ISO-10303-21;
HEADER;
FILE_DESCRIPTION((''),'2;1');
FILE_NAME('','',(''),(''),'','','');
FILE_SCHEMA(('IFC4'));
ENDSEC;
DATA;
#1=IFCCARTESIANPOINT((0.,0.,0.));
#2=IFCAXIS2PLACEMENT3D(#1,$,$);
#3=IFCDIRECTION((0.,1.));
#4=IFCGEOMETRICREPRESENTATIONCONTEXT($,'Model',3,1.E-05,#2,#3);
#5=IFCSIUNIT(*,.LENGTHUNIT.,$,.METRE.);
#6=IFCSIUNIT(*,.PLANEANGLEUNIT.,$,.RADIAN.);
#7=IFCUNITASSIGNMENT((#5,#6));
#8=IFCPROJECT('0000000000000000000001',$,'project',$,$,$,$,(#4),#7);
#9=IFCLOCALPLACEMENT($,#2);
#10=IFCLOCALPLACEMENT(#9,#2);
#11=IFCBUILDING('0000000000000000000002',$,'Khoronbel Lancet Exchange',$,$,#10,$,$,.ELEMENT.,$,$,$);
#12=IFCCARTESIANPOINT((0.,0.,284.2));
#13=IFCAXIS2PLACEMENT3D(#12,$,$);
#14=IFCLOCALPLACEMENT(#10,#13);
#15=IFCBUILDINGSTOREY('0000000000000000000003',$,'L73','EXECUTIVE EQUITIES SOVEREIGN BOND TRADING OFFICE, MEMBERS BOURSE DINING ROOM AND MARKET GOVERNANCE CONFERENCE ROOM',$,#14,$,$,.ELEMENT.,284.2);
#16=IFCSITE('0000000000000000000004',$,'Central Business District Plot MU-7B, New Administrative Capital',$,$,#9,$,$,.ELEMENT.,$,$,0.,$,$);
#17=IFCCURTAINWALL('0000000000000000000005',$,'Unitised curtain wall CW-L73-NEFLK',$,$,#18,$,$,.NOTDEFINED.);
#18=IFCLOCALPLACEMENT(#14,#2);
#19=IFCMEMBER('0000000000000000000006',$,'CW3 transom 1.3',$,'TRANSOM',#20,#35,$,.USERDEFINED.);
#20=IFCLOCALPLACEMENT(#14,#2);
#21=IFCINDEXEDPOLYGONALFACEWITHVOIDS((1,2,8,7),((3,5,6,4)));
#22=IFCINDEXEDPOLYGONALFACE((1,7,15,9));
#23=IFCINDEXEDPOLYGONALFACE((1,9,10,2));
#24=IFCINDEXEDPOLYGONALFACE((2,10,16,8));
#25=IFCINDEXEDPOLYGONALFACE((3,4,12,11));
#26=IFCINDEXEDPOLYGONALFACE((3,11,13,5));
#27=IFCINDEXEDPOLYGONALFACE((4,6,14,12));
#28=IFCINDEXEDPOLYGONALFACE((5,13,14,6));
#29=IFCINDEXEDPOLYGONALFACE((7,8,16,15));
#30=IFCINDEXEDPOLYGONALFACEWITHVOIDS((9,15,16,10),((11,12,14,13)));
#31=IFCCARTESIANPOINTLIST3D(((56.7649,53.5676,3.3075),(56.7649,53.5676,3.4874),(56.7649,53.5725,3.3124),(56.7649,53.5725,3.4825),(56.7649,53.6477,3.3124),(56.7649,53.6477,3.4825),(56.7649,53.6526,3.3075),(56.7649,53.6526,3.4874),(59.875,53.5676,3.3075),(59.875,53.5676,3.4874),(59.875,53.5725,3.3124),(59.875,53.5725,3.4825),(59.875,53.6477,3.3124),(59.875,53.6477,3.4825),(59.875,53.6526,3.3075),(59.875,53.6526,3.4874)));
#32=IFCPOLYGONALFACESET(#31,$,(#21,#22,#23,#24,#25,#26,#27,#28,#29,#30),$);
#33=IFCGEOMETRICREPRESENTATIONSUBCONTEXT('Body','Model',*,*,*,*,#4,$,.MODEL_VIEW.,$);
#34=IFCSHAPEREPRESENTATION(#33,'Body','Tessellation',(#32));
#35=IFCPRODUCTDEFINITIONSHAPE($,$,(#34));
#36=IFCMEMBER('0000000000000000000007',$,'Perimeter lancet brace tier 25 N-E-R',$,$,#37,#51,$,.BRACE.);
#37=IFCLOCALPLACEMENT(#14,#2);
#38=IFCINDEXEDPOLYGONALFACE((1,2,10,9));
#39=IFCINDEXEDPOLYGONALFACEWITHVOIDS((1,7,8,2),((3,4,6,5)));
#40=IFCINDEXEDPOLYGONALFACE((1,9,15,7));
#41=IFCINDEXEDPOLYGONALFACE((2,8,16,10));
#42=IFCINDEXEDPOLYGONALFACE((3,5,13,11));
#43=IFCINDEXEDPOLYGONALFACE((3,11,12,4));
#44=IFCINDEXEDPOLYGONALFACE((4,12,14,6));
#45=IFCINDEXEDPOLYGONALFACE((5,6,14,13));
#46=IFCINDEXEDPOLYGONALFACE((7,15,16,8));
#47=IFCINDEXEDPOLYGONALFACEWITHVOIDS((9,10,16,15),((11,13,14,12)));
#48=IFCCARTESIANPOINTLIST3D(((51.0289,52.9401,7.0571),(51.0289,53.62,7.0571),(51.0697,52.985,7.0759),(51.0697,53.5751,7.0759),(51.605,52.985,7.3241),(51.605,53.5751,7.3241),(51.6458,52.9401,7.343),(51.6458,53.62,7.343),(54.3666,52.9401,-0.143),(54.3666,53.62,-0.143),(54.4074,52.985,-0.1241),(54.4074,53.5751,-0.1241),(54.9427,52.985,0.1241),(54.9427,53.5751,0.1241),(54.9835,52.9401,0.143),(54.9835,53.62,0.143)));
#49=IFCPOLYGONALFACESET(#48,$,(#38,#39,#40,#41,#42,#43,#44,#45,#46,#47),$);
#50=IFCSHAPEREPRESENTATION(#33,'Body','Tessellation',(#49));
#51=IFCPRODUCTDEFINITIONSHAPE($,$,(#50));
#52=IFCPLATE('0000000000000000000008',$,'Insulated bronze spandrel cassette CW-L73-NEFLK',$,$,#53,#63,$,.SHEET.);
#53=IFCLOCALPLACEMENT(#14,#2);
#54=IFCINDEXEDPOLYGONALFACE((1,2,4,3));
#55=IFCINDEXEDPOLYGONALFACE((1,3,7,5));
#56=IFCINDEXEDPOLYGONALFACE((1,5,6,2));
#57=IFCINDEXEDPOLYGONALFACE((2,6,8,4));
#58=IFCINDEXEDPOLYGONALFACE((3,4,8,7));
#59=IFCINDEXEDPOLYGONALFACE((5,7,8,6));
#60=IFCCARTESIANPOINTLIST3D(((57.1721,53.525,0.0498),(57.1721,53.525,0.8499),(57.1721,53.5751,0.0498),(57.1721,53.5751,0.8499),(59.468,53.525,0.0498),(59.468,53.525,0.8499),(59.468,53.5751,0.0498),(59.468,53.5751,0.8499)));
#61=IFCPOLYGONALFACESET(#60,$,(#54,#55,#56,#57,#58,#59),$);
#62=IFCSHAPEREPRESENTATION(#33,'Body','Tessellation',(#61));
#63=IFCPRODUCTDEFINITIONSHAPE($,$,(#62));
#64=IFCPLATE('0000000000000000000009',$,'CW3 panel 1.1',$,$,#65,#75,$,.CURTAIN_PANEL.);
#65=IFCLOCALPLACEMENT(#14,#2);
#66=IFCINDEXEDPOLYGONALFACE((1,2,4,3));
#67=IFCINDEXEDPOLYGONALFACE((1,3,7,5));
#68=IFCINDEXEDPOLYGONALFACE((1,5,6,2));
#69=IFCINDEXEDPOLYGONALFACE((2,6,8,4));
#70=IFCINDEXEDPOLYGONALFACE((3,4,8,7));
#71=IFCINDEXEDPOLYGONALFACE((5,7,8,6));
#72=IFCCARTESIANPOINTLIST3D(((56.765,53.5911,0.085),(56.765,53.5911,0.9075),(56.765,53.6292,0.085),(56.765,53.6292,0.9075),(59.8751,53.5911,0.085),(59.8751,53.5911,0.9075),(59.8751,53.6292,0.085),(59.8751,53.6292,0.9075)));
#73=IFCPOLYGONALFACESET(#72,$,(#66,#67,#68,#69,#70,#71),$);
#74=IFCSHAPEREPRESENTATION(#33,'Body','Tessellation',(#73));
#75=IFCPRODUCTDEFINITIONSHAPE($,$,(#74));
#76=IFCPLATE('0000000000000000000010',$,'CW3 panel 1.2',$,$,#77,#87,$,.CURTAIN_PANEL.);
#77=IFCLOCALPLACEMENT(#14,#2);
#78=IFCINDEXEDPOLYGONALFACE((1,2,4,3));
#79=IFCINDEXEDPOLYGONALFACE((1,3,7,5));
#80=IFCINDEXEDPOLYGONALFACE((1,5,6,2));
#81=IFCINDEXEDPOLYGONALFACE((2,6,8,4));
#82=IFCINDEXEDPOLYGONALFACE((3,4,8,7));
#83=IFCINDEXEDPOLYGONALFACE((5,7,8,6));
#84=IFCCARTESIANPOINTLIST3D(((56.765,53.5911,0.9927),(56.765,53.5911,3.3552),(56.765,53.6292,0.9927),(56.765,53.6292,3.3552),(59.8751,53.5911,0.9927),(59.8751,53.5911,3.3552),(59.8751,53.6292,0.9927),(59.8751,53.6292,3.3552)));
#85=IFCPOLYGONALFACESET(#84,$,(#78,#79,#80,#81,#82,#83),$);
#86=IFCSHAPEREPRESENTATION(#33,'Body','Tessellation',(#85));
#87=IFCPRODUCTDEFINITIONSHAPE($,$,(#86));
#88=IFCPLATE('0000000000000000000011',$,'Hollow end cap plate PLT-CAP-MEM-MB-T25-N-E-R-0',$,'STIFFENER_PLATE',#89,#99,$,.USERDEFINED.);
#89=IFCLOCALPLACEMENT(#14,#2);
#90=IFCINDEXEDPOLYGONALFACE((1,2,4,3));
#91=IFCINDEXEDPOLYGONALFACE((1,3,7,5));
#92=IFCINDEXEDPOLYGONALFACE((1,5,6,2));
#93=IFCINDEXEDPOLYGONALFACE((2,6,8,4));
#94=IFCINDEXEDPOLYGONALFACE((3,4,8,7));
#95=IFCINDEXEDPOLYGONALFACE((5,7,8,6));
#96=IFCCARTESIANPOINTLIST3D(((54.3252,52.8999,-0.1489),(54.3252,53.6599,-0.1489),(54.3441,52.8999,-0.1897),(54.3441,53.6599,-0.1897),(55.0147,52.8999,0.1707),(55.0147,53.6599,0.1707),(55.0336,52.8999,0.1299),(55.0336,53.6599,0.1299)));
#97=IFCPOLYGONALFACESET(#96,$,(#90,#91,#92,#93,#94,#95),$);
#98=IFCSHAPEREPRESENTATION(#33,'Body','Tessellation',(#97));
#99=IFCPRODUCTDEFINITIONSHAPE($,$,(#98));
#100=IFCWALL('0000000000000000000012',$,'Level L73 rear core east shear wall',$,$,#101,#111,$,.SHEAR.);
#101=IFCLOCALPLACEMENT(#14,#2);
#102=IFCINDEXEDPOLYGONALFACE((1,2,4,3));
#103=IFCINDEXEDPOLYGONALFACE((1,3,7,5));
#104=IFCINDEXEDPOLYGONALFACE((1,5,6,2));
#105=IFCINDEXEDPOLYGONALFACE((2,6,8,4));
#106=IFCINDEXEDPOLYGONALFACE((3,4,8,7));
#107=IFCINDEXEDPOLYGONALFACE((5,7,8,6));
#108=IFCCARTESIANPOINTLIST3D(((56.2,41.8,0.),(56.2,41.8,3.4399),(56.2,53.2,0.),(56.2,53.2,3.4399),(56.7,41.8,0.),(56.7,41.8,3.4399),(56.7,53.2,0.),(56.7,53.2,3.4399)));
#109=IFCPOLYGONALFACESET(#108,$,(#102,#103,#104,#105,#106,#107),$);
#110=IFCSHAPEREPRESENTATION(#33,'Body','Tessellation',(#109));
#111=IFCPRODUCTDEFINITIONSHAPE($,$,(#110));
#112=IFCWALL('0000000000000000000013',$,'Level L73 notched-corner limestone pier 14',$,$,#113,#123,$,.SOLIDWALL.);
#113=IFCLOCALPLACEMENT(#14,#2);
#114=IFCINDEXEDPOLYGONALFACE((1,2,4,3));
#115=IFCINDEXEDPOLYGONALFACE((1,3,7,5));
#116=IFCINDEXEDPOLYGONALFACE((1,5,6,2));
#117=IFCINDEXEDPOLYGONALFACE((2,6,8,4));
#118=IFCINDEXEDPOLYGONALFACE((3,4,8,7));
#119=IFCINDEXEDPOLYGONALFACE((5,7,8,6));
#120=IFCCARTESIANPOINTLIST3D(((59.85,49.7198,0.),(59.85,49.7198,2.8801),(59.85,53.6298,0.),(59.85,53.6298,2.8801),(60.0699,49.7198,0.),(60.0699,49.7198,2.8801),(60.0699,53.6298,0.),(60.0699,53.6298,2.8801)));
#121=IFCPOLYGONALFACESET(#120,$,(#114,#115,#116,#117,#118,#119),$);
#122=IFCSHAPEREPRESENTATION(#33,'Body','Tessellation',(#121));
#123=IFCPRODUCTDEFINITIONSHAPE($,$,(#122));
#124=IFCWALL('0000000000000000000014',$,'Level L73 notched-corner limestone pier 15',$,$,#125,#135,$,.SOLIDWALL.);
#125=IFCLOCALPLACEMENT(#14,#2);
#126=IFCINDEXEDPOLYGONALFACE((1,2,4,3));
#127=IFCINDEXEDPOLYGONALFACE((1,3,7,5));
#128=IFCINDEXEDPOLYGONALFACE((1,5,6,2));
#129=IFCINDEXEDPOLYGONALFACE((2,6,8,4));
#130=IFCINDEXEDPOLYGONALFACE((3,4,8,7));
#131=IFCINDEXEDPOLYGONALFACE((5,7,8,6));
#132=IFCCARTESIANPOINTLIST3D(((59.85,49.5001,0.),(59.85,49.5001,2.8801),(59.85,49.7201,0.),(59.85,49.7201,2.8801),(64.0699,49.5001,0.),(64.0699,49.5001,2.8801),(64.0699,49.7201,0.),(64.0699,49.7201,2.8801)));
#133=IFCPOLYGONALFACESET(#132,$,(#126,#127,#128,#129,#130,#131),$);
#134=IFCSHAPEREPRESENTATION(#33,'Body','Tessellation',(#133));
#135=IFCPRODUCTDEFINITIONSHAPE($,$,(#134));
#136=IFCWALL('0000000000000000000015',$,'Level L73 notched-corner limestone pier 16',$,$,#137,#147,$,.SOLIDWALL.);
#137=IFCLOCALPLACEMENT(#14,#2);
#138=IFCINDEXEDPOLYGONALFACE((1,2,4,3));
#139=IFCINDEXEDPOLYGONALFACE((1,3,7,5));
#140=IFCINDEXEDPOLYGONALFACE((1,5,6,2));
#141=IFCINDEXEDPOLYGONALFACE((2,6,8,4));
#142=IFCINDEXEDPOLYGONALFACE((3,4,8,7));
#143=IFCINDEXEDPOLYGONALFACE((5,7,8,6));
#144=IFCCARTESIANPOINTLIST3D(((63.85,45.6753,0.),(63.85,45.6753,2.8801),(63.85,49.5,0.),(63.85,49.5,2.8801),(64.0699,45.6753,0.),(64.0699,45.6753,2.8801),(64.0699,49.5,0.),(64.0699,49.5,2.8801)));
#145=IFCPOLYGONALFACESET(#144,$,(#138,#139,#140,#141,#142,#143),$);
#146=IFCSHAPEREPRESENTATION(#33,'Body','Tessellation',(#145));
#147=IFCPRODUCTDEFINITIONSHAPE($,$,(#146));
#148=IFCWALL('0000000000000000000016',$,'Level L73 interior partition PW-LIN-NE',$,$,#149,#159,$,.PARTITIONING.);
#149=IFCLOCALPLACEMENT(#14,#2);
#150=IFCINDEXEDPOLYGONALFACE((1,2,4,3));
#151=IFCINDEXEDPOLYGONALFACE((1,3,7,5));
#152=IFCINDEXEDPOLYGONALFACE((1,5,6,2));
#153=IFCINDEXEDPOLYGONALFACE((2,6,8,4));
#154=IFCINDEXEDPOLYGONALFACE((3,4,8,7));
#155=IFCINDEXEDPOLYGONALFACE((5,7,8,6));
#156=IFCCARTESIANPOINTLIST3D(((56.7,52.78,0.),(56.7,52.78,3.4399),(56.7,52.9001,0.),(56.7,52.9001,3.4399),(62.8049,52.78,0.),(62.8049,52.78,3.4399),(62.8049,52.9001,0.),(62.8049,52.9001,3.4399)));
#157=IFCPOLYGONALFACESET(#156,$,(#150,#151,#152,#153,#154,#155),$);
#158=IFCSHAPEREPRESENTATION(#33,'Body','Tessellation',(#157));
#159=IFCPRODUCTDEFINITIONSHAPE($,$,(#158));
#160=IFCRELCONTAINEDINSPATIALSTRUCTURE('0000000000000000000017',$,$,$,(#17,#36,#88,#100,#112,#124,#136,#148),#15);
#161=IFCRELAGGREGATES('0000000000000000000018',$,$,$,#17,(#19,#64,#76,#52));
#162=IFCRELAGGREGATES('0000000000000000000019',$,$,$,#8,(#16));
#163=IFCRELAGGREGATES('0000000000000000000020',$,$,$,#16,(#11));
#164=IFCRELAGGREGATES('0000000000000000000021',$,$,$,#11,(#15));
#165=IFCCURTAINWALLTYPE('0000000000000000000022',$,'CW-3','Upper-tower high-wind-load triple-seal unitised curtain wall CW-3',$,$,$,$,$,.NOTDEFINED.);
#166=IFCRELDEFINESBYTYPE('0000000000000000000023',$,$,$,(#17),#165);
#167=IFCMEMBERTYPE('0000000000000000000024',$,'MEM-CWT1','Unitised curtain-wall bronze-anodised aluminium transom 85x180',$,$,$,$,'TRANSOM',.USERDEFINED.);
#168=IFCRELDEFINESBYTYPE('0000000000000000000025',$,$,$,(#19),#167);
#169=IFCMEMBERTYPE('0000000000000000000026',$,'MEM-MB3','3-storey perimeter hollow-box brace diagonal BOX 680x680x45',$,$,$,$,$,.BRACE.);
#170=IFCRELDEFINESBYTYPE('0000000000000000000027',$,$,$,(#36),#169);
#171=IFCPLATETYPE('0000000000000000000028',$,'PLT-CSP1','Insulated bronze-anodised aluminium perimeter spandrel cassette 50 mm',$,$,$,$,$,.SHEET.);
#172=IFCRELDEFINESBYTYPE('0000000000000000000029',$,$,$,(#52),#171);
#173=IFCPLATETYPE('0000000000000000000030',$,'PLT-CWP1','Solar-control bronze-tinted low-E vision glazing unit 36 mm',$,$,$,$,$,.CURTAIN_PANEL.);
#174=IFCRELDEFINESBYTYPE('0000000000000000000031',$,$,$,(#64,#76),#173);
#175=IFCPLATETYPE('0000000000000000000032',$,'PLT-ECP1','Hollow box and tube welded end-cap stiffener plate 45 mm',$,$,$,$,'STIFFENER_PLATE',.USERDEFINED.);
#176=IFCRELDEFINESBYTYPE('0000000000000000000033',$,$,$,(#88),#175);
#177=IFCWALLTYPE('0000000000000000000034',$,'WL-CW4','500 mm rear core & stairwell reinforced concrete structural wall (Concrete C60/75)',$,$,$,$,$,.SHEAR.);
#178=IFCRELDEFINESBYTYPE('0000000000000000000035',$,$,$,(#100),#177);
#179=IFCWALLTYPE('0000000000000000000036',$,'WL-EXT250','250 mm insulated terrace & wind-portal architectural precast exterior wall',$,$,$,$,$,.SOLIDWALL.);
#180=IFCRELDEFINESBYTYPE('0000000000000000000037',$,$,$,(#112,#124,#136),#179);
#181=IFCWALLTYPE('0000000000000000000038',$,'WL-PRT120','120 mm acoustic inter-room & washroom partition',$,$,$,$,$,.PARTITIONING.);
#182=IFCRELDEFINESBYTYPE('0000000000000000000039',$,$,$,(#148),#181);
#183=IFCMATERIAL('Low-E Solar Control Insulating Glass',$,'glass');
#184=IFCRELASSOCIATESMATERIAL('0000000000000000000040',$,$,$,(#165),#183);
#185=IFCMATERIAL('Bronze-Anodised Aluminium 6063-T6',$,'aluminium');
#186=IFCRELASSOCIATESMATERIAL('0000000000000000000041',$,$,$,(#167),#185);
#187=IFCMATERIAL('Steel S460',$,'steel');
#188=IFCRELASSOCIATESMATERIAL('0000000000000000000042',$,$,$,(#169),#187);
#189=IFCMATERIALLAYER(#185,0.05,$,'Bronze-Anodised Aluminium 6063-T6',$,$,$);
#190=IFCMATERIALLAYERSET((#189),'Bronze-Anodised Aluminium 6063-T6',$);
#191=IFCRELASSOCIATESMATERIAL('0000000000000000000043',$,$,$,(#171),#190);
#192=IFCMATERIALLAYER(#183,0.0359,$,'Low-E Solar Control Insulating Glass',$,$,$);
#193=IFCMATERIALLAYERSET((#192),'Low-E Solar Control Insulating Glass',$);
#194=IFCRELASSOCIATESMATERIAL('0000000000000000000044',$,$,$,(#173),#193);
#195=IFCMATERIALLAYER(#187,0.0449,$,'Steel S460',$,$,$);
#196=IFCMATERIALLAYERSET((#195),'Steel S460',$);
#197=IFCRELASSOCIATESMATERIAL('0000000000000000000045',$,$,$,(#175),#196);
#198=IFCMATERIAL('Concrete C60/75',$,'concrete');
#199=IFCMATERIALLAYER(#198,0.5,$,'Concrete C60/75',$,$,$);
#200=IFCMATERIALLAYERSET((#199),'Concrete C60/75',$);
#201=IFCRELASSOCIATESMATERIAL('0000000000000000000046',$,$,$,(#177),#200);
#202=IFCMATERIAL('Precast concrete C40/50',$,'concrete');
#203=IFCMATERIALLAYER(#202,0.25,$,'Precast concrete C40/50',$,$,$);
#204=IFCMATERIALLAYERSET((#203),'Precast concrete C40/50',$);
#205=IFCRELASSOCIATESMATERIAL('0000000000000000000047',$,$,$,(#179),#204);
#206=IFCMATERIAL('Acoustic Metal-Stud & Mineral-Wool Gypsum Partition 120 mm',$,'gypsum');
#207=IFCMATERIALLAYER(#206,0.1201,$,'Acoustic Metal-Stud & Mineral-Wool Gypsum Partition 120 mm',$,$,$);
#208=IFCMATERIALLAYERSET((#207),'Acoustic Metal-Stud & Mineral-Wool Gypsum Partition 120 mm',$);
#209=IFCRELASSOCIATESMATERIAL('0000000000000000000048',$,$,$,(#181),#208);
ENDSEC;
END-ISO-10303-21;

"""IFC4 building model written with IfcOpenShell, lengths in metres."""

from ifc_helpers import new_model, si_unit, direction, frame, frame_2d, origin, origin_2d, place, context, subcontext, project, spatial, polyline, rectangle, hollow_rectangle, outline, extrude, material, layer, layer_set, material_profile, profile_set, type_object, element, aggregate, save


model = new_model("IFC4")

# Units and contexts
model_context = context("Model", 3, precision=1e-05, world=origin(), true_north=direction((0.0, 1.0)))
body_context = subcontext(model_context, "Body", "Model", "MODEL_VIEW")
ifc_project = project(units=[si_unit("LENGTHUNIT", "METRE"), si_unit("PLANEANGLEUNIT", "RADIAN")], contexts=[model_context])

# Site, building, storey
site_placement = place(None, origin())
site = spatial("IfcSite", under=ifc_project, at=site_placement, Name="Central Business District Plot MU-7B, New Administrative Capital", CompositionType="ELEMENT", RefElevation=0.0)
building_placement = place(site_placement, origin())
building = spatial("IfcBuilding", under=site, at=building_placement, Name="Khoronbel Lancet Exchange", CompositionType="ELEMENT")
storey_placement = place(building_placement, frame((0.0, 0.0, 284.2)))
storey = spatial("IfcBuildingStorey", under=building, at=storey_placement, Name="L73", Description="EXECUTIVE EQUITIES SOVEREIGN BOND TRADING OFFICE, MEMBERS BOURSE DINING ROOM AND MARKET GOVERNANCE CONFERENCE ROOM", CompositionType="ELEMENT", Elevation=284.2)

# Shared definitions
ifc_material_1 = material(Name="Steel S460", Category="steel")

# Curtain wall, member
ifc_material_2 = material(Name="Low-E Solar Control Insulating Glass", Category="glass")
curtain_wall_type = type_object("IfcCurtainWallType", Name="CW-3", Description="Upper-tower high-wind-load triple-seal unitised curtain wall CW-3", PredefinedType="NOTDEFINED", material=ifc_material_2)
curtain_wall_placement = place(storey_placement, origin())
curtain_wall = element("IfcCurtainWall", 1, at=curtain_wall_placement, inside=storey, type_object=curtain_wall_type, Name="Unitised curtain wall CW-L73-NEFLK", PredefinedType="NOTDEFINED")
ifc_material_3 = material(Name="Bronze-Anodised Aluminium 6063-T6", Category="aluminium")
ifc_material_profile_1 = material_profile(ifc_material_3, hollow_rectangle(XDim=0.085, YDim=0.1799, WallThickness=0.0049, at=origin_2d()), Name="ALU TRANSOM 85x180")
ifc_profile_set_1 = profile_set([ifc_material_profile_1], Name="Bronze-Anodised Aluminium 6063-T6")
member_type_1 = type_object("IfcMemberType", Name="MEM-CWT1", Description="Unitised curtain-wall bronze-anodised aluminium transom 85x180", ElementType="TRANSOM", PredefinedType="USERDEFINED", material=ifc_profile_set_1)
member_1_placement = place(storey_placement, frame((59.875, 53.6101, 3.3975), z_axis=(-1.0, 0.0, 0.0), x_axis=(0.0, -1.0, 0.0)))
member_1 = element("IfcMember", 2, at=member_1_placement, type_object=member_type_1, Name="CW3 transom 1.3", ObjectType="TRANSOM", PredefinedType="USERDEFINED", context=body_context, shape_type="SweptSolid", body=[
    extrude(hollow_rectangle(XDim=0.085, YDim=0.1799, WallThickness=0.0049, at=origin_2d()), origin(), (0.0, 0.0, 1.0), 3.1101),
])

# Member
ifc_material_profile_2 = material_profile(ifc_material_1, hollow_rectangle(XDim=0.6799, YDim=0.6799, WallThickness=0.0449, at=origin_2d()), Name="BOX 680x680x45")
ifc_profile_set_2 = profile_set([ifc_material_profile_2], Name="Steel S460")
member_type_2 = type_object("IfcMemberType", Name="MEM-MB3", Description="3-storey perimeter hollow-box brace diagonal BOX 680x680x45", PredefinedType="BRACE", material=ifc_profile_set_2)
member_2_placement = place(storey_placement, frame((54.675, 53.28, 0.0), z_axis=(-0.420573, 0.0, 0.907259), x_axis=(0.0, -1.0, 0.0)))
element("IfcMember", 3, at=member_2_placement, inside=storey, type_object=member_type_2, Name="Perimeter lancet brace tier 25 N-E-R", PredefinedType="BRACE", context=body_context, shape_type="SweptSolid", body=[
    extrude(hollow_rectangle(XDim=0.6799, YDim=0.6799, WallThickness=0.0449, at=origin_2d()), origin(), (0.0, 0.0, 1.0), 7.936),
])

# Plates
ifc_layer_1 = layer(ifc_material_3, 0.05, Name="Bronze-Anodised Aluminium 6063-T6")
ifc_layer_set_1 = layer_set([ifc_layer_1], Name="Bronze-Anodised Aluminium 6063-T6")
plate_type_1 = type_object("IfcPlateType", Name="PLT-CSP1", Description="Insulated bronze-anodised aluminium perimeter spandrel cassette 50 mm", PredefinedType="SHEET", material=ifc_layer_set_1)
plate_1_placement = place(storey_placement, frame((58.3201, 53.55, 0.0498), z_axis=(0.0, 0.0, 1.0), x_axis=(-1.0, 0.0, 0.0)))
plate_1 = element("IfcPlate", 4, at=plate_1_placement, type_object=plate_type_1, Name="Insulated bronze spandrel cassette CW-L73-NEFLK", PredefinedType="SHEET", context=body_context, shape_type="SweptSolid", body=[
    extrude(rectangle(XDim=2.2959, YDim=0.05, at=origin_2d()), origin(), (0.0, 0.0, 1.0), 0.8),
])
ifc_layer_2 = layer(ifc_material_2, 0.0359, Name="Low-E Solar Control Insulating Glass")
ifc_layer_set_2 = layer_set([ifc_layer_2], Name="Low-E Solar Control Insulating Glass")
plate_type_2 = type_object("IfcPlateType", Name="PLT-CWP1", Description="Solar-control bronze-tinted low-E vision glazing unit 36 mm", PredefinedType="CURTAIN_PANEL", material=ifc_layer_set_2)
plate_2_placement = place(storey_placement, frame((58.3201, 53.6101, 0.085), z_axis=(0.0, 0.0, 1.0), x_axis=(-1.0, 0.0, 0.0)))
plate_2 = element("IfcPlate", 5, at=plate_2_placement, type_object=plate_type_2, Name="CW3 panel 1.1", PredefinedType="CURTAIN_PANEL", context=body_context, shape_type="SweptSolid", body=[
    extrude(rectangle(XDim=3.1101, YDim=0.0381, at=origin_2d()), origin(), (0.0, 0.0, 1.0), 0.8225),
])
plate_3_placement = place(storey_placement, frame((58.3201, 53.6101, 0.9927), z_axis=(0.0, 0.0, 1.0), x_axis=(-1.0, 0.0, 0.0)))
plate_3 = element("IfcPlate", 6, at=plate_3_placement, type_object=plate_type_2, Name="CW3 panel 1.2", PredefinedType="CURTAIN_PANEL", context=body_context, shape_type="SweptSolid", body=[
    extrude(rectangle(XDim=3.1101, YDim=0.0381, at=origin_2d()), origin(), (0.0, 0.0, 1.0), 2.3625),
])
aggregate(curtain_wall, [member_1, plate_2, plate_3, plate_1])
ifc_layer_3 = layer(ifc_material_1, 0.0449, Name="Steel S460")
ifc_layer_set_3 = layer_set([ifc_layer_3], Name="Steel S460")
plate_type_3 = type_object("IfcPlateType", Name="PLT-ECP1", Description="Hollow box and tube welded end-cap stiffener plate 45 mm", ElementType="STIFFENER_PLATE", PredefinedType="USERDEFINED", material=ifc_layer_set_3)
plate_4_placement = place(storey_placement, frame((54.3252, 53.6599, -0.1489), z_axis=(-0.420545, 0.0, 0.907272), x_axis=(0.0, -1.0, 0.0)))
element("IfcPlate", 7, at=plate_4_placement, inside=storey, type_object=plate_type_3, Name="Hollow end cap plate PLT-CAP-MEM-MB-T25-N-E-R-0", ObjectType="STIFFENER_PLATE", PredefinedType="USERDEFINED", context=body_context, shape_type="SweptSolid", body=[
    extrude(outline(polyline([(0.0, 0.0), (0.76, 0.0), (0.76, 0.76), (0.0, 0.76), (0.0, 0.0)])), origin(), (0.0, 0.0, -1.0), 0.0449),
])

# Walls
ifc_material_4 = material(Name="Concrete C60/75", Category="concrete")
ifc_layer_4 = layer(ifc_material_4, 0.5, Name="Concrete C60/75")
ifc_layer_set_4 = layer_set([ifc_layer_4], Name="Concrete C60/75")
wall_type_1 = type_object("IfcWallType", Name="WL-CW4", Description="500 mm rear core & stairwell reinforced concrete structural wall (Concrete C60/75)", PredefinedType="SHEAR", material=ifc_layer_set_4)
wall_1_placement = place(storey_placement, frame((56.45, 53.2, 0.0), z_axis=(0.0, 0.0, 1.0), x_axis=(0.0, -1.0, 0.0)))
element("IfcWall", 8, at=wall_1_placement, inside=storey, type_object=wall_type_1, Name="Level L73 rear core east shear wall", PredefinedType="SHEAR", context=body_context, shape_type="SweptSolid", body=[
    extrude(rectangle(XDim=11.3999, YDim=0.5, at=frame_2d((5.7, 0.0))), origin(), (0.0, 0.0, 1.0), 3.4399),
])
ifc_material_5 = material(Name="Precast concrete C40/50", Category="concrete")
ifc_layer_5 = layer(ifc_material_5, 0.25, Name="Precast concrete C40/50")
ifc_layer_set_5 = layer_set([ifc_layer_5], Name="Precast concrete C40/50")
wall_type_2 = type_object("IfcWallType", Name="WL-EXT250", Description="250 mm insulated terrace & wind-portal architectural precast exterior wall", PredefinedType="SOLIDWALL", material=ifc_layer_set_5)
wall_2_placement = place(storey_placement, frame((59.96, 53.6299, 0.0), z_axis=(0.0, 0.0, 1.0), x_axis=(0.0, -1.0, 0.0)))
element("IfcWall", 9, at=wall_2_placement, inside=storey, type_object=wall_type_2, Name="Level L73 notched-corner limestone pier 14", PredefinedType="SOLIDWALL", context=body_context, shape_type="SweptSolid", body=[
    extrude(rectangle(XDim=3.9099, YDim=0.22, at=frame_2d((1.9551, 0.0))), origin(), (0.0, 0.0, 1.0), 2.8801),
])
wall_3_placement = place(storey_placement, frame((59.8501, 49.6101, 0.0), z_axis=(0.0, 0.0, 1.0), x_axis=(1.0, 0.0, 0.0)))
element("IfcWall", 10, at=wall_3_placement, inside=storey, type_object=wall_type_2, Name="Level L73 notched-corner limestone pier 15", PredefinedType="SOLIDWALL", context=body_context, shape_type="SweptSolid", body=[
    extrude(rectangle(XDim=4.22, YDim=0.22, at=frame_2d((2.1099, 0.0))), origin(), (0.0, 0.0, 1.0), 2.8801),
])
wall_4_placement = place(storey_placement, frame((63.96, 49.5, 0.0), z_axis=(0.0, 0.0, 1.0), x_axis=(0.0, -1.0, 0.0)))
element("IfcWall", 11, at=wall_4_placement, inside=storey, type_object=wall_type_2, Name="Level L73 notched-corner limestone pier 16", PredefinedType="SOLIDWALL", context=body_context, shape_type="SweptSolid", body=[
    extrude(rectangle(XDim=3.8247, YDim=0.22, at=frame_2d((1.9124, 0.0))), origin(), (0.0, 0.0, 1.0), 2.8801),
])
ifc_material_6 = material(Name="Acoustic Metal-Stud & Mineral-Wool Gypsum Partition 120 mm", Category="gypsum")
ifc_layer_6 = layer(ifc_material_6, 0.1201, Name="Acoustic Metal-Stud & Mineral-Wool Gypsum Partition 120 mm")
ifc_layer_set_6 = layer_set([ifc_layer_6], Name="Acoustic Metal-Stud & Mineral-Wool Gypsum Partition 120 mm")
wall_type_3 = type_object("IfcWallType", Name="WL-PRT120", Description="120 mm acoustic inter-room & washroom partition", PredefinedType="PARTITIONING", material=ifc_layer_set_6)
wall_5_placement = place(storey_placement, frame((56.7, 52.8401, 0.0), z_axis=(0.0, 0.0, 1.0), x_axis=(1.0, 0.0, 0.0)))
element("IfcWall", 12, at=wall_5_placement, inside=storey, type_object=wall_type_3, Name="Level L73 interior partition PW-LIN-NE", PredefinedType="PARTITIONING", context=body_context, shape_type="SweptSolid", body=[
    extrude(rectangle(XDim=6.105, YDim=0.1201, at=frame_2d((3.0525, 0.0))), origin(), (0.0, 0.0, 1.0), 3.4399),
])

save(model, "model.ifc")
